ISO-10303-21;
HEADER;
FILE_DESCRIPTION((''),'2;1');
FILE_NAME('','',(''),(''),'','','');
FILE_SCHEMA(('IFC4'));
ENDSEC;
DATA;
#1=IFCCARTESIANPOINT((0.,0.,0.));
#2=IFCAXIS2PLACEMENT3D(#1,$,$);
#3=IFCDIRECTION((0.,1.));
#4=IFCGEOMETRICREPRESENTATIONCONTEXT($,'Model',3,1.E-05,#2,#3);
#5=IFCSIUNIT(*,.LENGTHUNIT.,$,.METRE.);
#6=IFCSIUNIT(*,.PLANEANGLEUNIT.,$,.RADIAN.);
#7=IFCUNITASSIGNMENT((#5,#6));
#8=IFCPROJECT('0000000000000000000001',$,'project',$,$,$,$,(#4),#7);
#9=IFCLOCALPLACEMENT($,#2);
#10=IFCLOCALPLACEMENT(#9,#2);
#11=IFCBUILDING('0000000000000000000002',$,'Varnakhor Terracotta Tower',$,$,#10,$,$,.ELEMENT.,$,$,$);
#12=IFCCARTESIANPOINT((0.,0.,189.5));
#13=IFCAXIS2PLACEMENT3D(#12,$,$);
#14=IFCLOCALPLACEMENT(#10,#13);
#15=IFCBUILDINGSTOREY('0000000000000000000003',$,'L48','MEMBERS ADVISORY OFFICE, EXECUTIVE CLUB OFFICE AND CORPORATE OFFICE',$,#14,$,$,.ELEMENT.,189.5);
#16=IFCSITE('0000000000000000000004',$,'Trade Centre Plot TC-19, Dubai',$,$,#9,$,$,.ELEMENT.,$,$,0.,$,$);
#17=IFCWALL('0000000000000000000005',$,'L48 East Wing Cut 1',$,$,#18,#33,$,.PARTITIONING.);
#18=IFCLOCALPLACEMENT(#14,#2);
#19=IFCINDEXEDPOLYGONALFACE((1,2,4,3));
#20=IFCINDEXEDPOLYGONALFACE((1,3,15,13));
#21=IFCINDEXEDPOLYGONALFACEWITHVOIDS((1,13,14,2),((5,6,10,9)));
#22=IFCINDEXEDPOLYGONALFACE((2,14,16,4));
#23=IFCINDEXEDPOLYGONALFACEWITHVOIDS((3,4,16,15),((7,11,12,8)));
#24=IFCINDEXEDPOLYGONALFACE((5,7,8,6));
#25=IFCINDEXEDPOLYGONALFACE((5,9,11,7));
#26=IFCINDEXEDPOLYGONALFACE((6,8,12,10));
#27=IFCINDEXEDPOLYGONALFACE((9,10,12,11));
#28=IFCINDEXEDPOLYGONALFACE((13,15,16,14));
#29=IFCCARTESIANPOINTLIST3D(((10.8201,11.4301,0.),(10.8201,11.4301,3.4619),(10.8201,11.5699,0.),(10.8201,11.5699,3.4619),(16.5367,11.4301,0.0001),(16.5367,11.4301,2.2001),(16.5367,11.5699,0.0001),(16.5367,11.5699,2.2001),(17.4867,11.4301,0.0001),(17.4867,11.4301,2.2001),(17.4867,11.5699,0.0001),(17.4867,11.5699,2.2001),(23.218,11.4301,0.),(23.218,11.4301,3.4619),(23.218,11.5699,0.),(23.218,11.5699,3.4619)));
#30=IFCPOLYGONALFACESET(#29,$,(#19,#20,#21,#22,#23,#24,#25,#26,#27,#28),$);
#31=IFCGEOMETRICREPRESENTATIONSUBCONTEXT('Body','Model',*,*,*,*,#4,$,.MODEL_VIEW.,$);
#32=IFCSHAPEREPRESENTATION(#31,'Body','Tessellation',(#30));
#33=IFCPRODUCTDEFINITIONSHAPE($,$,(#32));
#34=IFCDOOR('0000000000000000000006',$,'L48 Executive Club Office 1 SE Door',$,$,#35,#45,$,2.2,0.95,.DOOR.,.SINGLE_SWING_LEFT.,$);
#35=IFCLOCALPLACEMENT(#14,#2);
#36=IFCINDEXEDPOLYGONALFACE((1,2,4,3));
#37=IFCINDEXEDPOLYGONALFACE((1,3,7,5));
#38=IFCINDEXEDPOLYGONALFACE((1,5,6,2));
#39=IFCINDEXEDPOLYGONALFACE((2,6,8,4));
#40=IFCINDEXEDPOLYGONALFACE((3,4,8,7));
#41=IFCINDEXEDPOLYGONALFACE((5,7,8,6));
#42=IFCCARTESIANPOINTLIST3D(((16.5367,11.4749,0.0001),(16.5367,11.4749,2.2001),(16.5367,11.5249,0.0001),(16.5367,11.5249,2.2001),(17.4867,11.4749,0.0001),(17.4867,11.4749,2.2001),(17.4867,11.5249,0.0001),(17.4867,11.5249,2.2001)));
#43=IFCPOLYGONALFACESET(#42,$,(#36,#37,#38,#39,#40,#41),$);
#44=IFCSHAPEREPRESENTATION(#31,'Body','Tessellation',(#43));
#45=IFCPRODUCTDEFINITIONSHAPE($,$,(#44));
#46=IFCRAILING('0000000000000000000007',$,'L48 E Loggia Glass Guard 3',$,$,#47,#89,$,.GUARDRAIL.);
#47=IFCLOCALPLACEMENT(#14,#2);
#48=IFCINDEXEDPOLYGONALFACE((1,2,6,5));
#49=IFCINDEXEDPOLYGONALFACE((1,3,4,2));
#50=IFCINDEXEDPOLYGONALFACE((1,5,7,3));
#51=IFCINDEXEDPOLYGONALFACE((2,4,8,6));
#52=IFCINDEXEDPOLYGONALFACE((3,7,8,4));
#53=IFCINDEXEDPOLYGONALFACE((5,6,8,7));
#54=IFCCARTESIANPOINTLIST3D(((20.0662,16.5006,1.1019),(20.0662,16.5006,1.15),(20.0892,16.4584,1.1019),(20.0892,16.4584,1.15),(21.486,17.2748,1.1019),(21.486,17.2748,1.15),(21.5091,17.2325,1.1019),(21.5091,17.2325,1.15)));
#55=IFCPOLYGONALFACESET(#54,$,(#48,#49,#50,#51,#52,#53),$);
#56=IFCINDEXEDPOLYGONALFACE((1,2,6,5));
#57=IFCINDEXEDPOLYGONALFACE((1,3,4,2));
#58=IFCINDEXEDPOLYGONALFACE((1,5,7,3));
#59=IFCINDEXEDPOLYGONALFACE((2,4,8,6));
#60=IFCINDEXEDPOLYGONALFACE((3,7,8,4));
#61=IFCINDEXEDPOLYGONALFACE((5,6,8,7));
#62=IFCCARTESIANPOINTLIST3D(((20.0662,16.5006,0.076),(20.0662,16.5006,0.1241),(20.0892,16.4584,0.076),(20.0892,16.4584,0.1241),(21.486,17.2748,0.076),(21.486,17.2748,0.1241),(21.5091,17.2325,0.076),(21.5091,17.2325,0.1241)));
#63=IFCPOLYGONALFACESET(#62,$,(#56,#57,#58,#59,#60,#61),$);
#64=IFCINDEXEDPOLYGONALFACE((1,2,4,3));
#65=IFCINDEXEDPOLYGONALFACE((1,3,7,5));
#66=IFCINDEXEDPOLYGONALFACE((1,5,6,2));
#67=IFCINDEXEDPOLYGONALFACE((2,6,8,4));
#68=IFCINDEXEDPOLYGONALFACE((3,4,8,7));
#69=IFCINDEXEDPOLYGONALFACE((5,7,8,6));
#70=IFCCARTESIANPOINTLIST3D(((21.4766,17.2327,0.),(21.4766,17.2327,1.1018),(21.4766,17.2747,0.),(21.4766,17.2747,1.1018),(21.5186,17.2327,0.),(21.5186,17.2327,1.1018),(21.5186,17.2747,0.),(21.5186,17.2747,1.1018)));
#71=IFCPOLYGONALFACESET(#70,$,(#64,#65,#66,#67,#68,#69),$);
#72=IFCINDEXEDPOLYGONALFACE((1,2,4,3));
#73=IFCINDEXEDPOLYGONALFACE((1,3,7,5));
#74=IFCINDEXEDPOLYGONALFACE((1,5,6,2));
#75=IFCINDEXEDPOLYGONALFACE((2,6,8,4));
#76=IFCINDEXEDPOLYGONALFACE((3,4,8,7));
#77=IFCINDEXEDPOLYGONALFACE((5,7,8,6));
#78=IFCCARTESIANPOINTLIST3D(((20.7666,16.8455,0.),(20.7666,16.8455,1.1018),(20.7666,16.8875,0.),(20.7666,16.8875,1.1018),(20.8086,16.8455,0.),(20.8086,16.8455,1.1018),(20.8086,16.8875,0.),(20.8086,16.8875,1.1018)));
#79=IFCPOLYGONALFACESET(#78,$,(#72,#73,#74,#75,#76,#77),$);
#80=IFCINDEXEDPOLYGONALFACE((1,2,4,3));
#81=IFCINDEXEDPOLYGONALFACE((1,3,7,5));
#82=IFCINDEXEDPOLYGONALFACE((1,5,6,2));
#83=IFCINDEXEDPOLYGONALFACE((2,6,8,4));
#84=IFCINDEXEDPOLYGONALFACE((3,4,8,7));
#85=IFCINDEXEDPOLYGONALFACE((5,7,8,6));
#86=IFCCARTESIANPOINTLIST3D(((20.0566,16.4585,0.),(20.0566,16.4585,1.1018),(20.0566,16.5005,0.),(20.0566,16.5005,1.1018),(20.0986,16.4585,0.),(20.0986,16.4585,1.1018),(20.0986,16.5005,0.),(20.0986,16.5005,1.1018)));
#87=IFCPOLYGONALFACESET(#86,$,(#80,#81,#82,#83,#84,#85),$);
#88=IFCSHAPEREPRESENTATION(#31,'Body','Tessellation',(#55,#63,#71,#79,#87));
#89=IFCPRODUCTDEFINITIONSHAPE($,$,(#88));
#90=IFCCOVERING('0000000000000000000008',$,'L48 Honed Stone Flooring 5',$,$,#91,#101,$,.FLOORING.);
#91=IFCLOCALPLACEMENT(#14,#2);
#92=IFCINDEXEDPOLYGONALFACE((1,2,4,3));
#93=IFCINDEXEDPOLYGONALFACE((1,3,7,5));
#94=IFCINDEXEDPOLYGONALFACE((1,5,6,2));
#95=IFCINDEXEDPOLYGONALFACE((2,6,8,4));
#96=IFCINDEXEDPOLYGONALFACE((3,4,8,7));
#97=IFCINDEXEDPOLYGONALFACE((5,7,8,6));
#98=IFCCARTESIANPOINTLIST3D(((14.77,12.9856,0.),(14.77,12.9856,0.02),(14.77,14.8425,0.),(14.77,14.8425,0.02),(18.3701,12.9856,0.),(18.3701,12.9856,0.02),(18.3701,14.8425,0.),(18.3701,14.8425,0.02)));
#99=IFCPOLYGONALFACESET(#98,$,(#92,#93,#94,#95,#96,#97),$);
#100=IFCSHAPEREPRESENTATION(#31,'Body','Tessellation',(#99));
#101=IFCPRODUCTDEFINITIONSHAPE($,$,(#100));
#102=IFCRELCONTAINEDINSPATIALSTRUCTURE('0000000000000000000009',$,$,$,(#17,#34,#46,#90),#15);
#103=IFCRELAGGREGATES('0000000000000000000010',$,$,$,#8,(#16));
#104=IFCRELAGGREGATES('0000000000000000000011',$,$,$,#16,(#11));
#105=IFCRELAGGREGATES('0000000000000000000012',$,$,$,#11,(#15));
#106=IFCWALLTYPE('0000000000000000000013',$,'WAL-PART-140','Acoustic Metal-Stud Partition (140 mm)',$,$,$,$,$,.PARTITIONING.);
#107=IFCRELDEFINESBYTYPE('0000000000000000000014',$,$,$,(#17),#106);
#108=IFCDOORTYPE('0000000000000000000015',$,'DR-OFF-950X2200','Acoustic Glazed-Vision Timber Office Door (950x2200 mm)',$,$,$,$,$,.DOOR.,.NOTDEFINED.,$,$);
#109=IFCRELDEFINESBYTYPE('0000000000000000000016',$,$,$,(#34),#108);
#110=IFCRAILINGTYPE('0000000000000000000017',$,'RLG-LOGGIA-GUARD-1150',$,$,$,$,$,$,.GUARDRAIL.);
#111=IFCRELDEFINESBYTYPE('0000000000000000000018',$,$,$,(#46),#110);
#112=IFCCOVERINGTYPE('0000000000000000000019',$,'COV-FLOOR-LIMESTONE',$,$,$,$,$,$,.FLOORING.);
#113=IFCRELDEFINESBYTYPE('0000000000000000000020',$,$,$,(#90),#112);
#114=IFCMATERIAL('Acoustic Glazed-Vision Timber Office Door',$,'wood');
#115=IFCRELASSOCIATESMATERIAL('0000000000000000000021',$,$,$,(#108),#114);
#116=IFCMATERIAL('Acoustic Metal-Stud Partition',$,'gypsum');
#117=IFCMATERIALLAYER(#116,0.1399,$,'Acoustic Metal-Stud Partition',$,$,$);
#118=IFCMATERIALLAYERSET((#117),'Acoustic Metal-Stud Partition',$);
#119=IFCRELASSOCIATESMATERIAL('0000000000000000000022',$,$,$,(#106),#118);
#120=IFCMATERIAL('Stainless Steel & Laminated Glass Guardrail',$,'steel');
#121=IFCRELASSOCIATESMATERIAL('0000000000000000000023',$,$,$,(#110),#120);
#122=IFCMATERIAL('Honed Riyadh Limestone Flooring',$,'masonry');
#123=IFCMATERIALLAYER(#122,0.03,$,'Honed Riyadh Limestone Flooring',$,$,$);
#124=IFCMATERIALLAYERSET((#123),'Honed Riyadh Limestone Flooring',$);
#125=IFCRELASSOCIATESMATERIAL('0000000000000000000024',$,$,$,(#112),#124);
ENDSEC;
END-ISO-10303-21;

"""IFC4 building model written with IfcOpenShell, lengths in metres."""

from ifc_helpers import new_model, si_unit, direction, frame, frame_2d, origin, origin_2d, place, context, subcontext, project, spatial, rectangle, extrude, source, transform, mapped, material, layer, layer_set, type_object, type_shapes, element, fill, save


model = new_model("IFC4")

# Units and contexts
model_context = context("Model", 3, precision=1e-05, world=origin(), true_north=direction((0.0, 1.0)))
body_context = subcontext(model_context, "Body", "Model", "MODEL_VIEW")
ifc_project = project(units=[si_unit("LENGTHUNIT", "METRE"), si_unit("PLANEANGLEUNIT", "RADIAN")], contexts=[model_context])

# Site, building, storey
site_placement = place(None, origin())
site = spatial("IfcSite", under=ifc_project, at=site_placement, Name="Trade Centre Plot TC-19, Dubai", CompositionType="ELEMENT", RefElevation=0.0)
building_placement = place(site_placement, origin())
building = spatial("IfcBuilding", under=site, at=building_placement, Name="Varnakhor Terracotta Tower", CompositionType="ELEMENT")
storey_placement = place(building_placement, frame((0.0, 0.0, 189.5)))
storey = spatial("IfcBuildingStorey", under=building, at=storey_placement, Name="L48", Description="MEMBERS ADVISORY OFFICE, EXECUTIVE CLUB OFFICE AND CORPORATE OFFICE", CompositionType="ELEMENT", Elevation=189.5)

# Wall, opening, door
ifc_material_1 = material(Name="Acoustic Glazed-Vision Timber Office Door", Category="wood")
door_type = type_object("IfcDoorType", Name="DR-OFF-950X2200", Description="Acoustic Glazed-Vision Timber Office Door (950x2200 mm)", OperationType="NOTDEFINED", PredefinedType="DOOR", material=ifc_material_1)
shared_shape_1 = source(origin(), body_context, "Body", "SweptSolid", [
    extrude(rectangle(XDim=0.95, YDim=2.2, at=frame_2d((0.4751, 1.1001))), frame((0.0, 0.0249, 0.0), z_axis=(0.0, -1.0, 0.0), x_axis=(1.0, 0.0, 0.0)), (0.0, 0.0, 1.0), 0.05),
])
type_shapes(door_type, [shared_shape_1])
ifc_material_2 = material(Name="Acoustic Metal-Stud Partition", Category="gypsum")
ifc_layer_1 = layer(ifc_material_2, 0.1399, Name="Acoustic Metal-Stud Partition")
ifc_layer_set_1 = layer_set([ifc_layer_1], Name="Acoustic Metal-Stud Partition")
wall_type_1 = type_object("IfcWallType", Name="WAL-PART-140", Description="Acoustic Metal-Stud Partition (140 mm)", PredefinedType="PARTITIONING", material=ifc_layer_set_1)
wall_1_placement = place(storey_placement, frame((10.8201, 11.5, 0.0), z_axis=(0.0, 0.0, 1.0), x_axis=(1.0, 0.0, 0.0)))
wall_1 = element("IfcWall", 1, at=wall_1_placement, inside=storey, type_object=wall_type_1, Name="L48 East Wing Cut 1", PredefinedType="PARTITIONING", context=body_context, shape_type="SweptSolid", body=[
    extrude(rectangle(XDim=12.3979, YDim=0.1399, at=frame_2d((6.199, 0.0))), origin(), (0.0, 0.0, 1.0), 3.4619),
])
opening_1_placement = place(wall_1_placement, frame((5.7166, 0.0, 0.0)))
opening_1 = element("IfcOpeningElement", 2, at=opening_1_placement, cuts=wall_1, PredefinedType="OPENING", context=body_context, shape_type="SweptSolid", body=[
    extrude(rectangle(XDim=0.95, YDim=2.2, at=frame_2d((0.4751, 1.1001))), frame((0.0, 0.0801, 0.0), z_axis=(0.0, -1.0, 0.0), x_axis=(1.0, 0.0, 0.0)), (0.0, 0.0, 1.0), 0.1599),
])
door_1_placement = place(opening_1_placement, origin())
door_1 = element("IfcDoor", 3, at=door_1_placement, inside=storey, type_object=door_type, Name="L48 Executive Club Office 1 SE Door", OperationType="SINGLE_SWING_LEFT", OverallHeight=2.2, OverallWidth=0.95, PredefinedType="DOOR", context=body_context, shape_type="MappedRepresentation", body=[
    mapped(shared_shape_1, transform((0.0, 0.0, 0.0), scale=1.0)),
])
fill(opening_1, door_1)

# Railing
ifc_material_3 = material(Name="Stainless Steel & Laminated Glass Guardrail", Category="steel")
railing_type = type_object("IfcRailingType", Name="RLG-LOGGIA-GUARD-1150", PredefinedType="GUARDRAIL", material=ifc_material_3)
railing_placement = place(storey_placement, frame((21.4976, 17.2537, 0.0)))
element("IfcRailing", 4, at=railing_placement, inside=storey, type_object=railing_type, Name="L48 E Loggia Glass Guard 3", PredefinedType="GUARDRAIL", context=body_context, shape_type="SweptSolid", body=[
    extrude(rectangle(XDim=0.0481, YDim=0.0481, at=origin_2d()), frame((0.0, 0.0, 1.126), z_axis=(-0.877982, -0.478693, 0.0), x_axis=(0.478693, -0.877982, 0.0)), (0.0, 0.0, 1.0), 1.6172),
    extrude(rectangle(XDim=0.0481, YDim=0.0481, at=origin_2d()), frame((0.0, 0.0, 0.1001), z_axis=(-0.877982, -0.478693, 0.0), x_axis=(0.478693, -0.877982, 0.0)), (0.0, 0.0, 1.0), 1.6172),
    extrude(rectangle(XDim=0.042, YDim=0.042, at=origin_2d()), origin(), (0.0, 0.0, 1.0), 1.1018),
    extrude(rectangle(XDim=0.042, YDim=0.042, at=origin_2d()), frame((-0.71, -0.3872, 0.0)), (0.0, 0.0, 1.0), 1.1018),
    extrude(rectangle(XDim=0.042, YDim=0.042, at=origin_2d()), frame((-1.4199, -0.7742, 0.0)), (0.0, 0.0, 1.0), 1.1018),
])

# Covering
ifc_material_4 = material(Name="Honed Riyadh Limestone Flooring", Category="masonry")
ifc_layer_2 = layer(ifc_material_4, 0.03, Name="Honed Riyadh Limestone Flooring")
ifc_layer_set_2 = layer_set([ifc_layer_2], Name="Honed Riyadh Limestone Flooring")
covering_type = type_object("IfcCoveringType", Name="COV-FLOOR-LIMESTONE", PredefinedType="FLOORING", material=ifc_layer_set_2)
shared_shape_2 = source(origin(), body_context, "Body", "SweptSolid", [
    extrude(rectangle(XDim=3.6001, YDim=1.8569, at=origin_2d()), origin(), (0.0, 0.0, 1.0), 0.02),
])
covering_placement = place(storey_placement, frame((16.5701, 13.9141, 0.0), z_axis=(0.0, 0.0, 1.0), x_axis=(1.0, 0.0, 0.0)))
element("IfcCovering", 5, at=covering_placement, inside=storey, type_object=covering_type, Name="L48 Honed Stone Flooring 5", PredefinedType="FLOORING", context=body_context, shape_type="MappedRepresentation", body=[
    mapped(shared_shape_2, transform((0.0, 0.0, 0.0), scale=1.0)),
])

save(model, "model.ifc")
